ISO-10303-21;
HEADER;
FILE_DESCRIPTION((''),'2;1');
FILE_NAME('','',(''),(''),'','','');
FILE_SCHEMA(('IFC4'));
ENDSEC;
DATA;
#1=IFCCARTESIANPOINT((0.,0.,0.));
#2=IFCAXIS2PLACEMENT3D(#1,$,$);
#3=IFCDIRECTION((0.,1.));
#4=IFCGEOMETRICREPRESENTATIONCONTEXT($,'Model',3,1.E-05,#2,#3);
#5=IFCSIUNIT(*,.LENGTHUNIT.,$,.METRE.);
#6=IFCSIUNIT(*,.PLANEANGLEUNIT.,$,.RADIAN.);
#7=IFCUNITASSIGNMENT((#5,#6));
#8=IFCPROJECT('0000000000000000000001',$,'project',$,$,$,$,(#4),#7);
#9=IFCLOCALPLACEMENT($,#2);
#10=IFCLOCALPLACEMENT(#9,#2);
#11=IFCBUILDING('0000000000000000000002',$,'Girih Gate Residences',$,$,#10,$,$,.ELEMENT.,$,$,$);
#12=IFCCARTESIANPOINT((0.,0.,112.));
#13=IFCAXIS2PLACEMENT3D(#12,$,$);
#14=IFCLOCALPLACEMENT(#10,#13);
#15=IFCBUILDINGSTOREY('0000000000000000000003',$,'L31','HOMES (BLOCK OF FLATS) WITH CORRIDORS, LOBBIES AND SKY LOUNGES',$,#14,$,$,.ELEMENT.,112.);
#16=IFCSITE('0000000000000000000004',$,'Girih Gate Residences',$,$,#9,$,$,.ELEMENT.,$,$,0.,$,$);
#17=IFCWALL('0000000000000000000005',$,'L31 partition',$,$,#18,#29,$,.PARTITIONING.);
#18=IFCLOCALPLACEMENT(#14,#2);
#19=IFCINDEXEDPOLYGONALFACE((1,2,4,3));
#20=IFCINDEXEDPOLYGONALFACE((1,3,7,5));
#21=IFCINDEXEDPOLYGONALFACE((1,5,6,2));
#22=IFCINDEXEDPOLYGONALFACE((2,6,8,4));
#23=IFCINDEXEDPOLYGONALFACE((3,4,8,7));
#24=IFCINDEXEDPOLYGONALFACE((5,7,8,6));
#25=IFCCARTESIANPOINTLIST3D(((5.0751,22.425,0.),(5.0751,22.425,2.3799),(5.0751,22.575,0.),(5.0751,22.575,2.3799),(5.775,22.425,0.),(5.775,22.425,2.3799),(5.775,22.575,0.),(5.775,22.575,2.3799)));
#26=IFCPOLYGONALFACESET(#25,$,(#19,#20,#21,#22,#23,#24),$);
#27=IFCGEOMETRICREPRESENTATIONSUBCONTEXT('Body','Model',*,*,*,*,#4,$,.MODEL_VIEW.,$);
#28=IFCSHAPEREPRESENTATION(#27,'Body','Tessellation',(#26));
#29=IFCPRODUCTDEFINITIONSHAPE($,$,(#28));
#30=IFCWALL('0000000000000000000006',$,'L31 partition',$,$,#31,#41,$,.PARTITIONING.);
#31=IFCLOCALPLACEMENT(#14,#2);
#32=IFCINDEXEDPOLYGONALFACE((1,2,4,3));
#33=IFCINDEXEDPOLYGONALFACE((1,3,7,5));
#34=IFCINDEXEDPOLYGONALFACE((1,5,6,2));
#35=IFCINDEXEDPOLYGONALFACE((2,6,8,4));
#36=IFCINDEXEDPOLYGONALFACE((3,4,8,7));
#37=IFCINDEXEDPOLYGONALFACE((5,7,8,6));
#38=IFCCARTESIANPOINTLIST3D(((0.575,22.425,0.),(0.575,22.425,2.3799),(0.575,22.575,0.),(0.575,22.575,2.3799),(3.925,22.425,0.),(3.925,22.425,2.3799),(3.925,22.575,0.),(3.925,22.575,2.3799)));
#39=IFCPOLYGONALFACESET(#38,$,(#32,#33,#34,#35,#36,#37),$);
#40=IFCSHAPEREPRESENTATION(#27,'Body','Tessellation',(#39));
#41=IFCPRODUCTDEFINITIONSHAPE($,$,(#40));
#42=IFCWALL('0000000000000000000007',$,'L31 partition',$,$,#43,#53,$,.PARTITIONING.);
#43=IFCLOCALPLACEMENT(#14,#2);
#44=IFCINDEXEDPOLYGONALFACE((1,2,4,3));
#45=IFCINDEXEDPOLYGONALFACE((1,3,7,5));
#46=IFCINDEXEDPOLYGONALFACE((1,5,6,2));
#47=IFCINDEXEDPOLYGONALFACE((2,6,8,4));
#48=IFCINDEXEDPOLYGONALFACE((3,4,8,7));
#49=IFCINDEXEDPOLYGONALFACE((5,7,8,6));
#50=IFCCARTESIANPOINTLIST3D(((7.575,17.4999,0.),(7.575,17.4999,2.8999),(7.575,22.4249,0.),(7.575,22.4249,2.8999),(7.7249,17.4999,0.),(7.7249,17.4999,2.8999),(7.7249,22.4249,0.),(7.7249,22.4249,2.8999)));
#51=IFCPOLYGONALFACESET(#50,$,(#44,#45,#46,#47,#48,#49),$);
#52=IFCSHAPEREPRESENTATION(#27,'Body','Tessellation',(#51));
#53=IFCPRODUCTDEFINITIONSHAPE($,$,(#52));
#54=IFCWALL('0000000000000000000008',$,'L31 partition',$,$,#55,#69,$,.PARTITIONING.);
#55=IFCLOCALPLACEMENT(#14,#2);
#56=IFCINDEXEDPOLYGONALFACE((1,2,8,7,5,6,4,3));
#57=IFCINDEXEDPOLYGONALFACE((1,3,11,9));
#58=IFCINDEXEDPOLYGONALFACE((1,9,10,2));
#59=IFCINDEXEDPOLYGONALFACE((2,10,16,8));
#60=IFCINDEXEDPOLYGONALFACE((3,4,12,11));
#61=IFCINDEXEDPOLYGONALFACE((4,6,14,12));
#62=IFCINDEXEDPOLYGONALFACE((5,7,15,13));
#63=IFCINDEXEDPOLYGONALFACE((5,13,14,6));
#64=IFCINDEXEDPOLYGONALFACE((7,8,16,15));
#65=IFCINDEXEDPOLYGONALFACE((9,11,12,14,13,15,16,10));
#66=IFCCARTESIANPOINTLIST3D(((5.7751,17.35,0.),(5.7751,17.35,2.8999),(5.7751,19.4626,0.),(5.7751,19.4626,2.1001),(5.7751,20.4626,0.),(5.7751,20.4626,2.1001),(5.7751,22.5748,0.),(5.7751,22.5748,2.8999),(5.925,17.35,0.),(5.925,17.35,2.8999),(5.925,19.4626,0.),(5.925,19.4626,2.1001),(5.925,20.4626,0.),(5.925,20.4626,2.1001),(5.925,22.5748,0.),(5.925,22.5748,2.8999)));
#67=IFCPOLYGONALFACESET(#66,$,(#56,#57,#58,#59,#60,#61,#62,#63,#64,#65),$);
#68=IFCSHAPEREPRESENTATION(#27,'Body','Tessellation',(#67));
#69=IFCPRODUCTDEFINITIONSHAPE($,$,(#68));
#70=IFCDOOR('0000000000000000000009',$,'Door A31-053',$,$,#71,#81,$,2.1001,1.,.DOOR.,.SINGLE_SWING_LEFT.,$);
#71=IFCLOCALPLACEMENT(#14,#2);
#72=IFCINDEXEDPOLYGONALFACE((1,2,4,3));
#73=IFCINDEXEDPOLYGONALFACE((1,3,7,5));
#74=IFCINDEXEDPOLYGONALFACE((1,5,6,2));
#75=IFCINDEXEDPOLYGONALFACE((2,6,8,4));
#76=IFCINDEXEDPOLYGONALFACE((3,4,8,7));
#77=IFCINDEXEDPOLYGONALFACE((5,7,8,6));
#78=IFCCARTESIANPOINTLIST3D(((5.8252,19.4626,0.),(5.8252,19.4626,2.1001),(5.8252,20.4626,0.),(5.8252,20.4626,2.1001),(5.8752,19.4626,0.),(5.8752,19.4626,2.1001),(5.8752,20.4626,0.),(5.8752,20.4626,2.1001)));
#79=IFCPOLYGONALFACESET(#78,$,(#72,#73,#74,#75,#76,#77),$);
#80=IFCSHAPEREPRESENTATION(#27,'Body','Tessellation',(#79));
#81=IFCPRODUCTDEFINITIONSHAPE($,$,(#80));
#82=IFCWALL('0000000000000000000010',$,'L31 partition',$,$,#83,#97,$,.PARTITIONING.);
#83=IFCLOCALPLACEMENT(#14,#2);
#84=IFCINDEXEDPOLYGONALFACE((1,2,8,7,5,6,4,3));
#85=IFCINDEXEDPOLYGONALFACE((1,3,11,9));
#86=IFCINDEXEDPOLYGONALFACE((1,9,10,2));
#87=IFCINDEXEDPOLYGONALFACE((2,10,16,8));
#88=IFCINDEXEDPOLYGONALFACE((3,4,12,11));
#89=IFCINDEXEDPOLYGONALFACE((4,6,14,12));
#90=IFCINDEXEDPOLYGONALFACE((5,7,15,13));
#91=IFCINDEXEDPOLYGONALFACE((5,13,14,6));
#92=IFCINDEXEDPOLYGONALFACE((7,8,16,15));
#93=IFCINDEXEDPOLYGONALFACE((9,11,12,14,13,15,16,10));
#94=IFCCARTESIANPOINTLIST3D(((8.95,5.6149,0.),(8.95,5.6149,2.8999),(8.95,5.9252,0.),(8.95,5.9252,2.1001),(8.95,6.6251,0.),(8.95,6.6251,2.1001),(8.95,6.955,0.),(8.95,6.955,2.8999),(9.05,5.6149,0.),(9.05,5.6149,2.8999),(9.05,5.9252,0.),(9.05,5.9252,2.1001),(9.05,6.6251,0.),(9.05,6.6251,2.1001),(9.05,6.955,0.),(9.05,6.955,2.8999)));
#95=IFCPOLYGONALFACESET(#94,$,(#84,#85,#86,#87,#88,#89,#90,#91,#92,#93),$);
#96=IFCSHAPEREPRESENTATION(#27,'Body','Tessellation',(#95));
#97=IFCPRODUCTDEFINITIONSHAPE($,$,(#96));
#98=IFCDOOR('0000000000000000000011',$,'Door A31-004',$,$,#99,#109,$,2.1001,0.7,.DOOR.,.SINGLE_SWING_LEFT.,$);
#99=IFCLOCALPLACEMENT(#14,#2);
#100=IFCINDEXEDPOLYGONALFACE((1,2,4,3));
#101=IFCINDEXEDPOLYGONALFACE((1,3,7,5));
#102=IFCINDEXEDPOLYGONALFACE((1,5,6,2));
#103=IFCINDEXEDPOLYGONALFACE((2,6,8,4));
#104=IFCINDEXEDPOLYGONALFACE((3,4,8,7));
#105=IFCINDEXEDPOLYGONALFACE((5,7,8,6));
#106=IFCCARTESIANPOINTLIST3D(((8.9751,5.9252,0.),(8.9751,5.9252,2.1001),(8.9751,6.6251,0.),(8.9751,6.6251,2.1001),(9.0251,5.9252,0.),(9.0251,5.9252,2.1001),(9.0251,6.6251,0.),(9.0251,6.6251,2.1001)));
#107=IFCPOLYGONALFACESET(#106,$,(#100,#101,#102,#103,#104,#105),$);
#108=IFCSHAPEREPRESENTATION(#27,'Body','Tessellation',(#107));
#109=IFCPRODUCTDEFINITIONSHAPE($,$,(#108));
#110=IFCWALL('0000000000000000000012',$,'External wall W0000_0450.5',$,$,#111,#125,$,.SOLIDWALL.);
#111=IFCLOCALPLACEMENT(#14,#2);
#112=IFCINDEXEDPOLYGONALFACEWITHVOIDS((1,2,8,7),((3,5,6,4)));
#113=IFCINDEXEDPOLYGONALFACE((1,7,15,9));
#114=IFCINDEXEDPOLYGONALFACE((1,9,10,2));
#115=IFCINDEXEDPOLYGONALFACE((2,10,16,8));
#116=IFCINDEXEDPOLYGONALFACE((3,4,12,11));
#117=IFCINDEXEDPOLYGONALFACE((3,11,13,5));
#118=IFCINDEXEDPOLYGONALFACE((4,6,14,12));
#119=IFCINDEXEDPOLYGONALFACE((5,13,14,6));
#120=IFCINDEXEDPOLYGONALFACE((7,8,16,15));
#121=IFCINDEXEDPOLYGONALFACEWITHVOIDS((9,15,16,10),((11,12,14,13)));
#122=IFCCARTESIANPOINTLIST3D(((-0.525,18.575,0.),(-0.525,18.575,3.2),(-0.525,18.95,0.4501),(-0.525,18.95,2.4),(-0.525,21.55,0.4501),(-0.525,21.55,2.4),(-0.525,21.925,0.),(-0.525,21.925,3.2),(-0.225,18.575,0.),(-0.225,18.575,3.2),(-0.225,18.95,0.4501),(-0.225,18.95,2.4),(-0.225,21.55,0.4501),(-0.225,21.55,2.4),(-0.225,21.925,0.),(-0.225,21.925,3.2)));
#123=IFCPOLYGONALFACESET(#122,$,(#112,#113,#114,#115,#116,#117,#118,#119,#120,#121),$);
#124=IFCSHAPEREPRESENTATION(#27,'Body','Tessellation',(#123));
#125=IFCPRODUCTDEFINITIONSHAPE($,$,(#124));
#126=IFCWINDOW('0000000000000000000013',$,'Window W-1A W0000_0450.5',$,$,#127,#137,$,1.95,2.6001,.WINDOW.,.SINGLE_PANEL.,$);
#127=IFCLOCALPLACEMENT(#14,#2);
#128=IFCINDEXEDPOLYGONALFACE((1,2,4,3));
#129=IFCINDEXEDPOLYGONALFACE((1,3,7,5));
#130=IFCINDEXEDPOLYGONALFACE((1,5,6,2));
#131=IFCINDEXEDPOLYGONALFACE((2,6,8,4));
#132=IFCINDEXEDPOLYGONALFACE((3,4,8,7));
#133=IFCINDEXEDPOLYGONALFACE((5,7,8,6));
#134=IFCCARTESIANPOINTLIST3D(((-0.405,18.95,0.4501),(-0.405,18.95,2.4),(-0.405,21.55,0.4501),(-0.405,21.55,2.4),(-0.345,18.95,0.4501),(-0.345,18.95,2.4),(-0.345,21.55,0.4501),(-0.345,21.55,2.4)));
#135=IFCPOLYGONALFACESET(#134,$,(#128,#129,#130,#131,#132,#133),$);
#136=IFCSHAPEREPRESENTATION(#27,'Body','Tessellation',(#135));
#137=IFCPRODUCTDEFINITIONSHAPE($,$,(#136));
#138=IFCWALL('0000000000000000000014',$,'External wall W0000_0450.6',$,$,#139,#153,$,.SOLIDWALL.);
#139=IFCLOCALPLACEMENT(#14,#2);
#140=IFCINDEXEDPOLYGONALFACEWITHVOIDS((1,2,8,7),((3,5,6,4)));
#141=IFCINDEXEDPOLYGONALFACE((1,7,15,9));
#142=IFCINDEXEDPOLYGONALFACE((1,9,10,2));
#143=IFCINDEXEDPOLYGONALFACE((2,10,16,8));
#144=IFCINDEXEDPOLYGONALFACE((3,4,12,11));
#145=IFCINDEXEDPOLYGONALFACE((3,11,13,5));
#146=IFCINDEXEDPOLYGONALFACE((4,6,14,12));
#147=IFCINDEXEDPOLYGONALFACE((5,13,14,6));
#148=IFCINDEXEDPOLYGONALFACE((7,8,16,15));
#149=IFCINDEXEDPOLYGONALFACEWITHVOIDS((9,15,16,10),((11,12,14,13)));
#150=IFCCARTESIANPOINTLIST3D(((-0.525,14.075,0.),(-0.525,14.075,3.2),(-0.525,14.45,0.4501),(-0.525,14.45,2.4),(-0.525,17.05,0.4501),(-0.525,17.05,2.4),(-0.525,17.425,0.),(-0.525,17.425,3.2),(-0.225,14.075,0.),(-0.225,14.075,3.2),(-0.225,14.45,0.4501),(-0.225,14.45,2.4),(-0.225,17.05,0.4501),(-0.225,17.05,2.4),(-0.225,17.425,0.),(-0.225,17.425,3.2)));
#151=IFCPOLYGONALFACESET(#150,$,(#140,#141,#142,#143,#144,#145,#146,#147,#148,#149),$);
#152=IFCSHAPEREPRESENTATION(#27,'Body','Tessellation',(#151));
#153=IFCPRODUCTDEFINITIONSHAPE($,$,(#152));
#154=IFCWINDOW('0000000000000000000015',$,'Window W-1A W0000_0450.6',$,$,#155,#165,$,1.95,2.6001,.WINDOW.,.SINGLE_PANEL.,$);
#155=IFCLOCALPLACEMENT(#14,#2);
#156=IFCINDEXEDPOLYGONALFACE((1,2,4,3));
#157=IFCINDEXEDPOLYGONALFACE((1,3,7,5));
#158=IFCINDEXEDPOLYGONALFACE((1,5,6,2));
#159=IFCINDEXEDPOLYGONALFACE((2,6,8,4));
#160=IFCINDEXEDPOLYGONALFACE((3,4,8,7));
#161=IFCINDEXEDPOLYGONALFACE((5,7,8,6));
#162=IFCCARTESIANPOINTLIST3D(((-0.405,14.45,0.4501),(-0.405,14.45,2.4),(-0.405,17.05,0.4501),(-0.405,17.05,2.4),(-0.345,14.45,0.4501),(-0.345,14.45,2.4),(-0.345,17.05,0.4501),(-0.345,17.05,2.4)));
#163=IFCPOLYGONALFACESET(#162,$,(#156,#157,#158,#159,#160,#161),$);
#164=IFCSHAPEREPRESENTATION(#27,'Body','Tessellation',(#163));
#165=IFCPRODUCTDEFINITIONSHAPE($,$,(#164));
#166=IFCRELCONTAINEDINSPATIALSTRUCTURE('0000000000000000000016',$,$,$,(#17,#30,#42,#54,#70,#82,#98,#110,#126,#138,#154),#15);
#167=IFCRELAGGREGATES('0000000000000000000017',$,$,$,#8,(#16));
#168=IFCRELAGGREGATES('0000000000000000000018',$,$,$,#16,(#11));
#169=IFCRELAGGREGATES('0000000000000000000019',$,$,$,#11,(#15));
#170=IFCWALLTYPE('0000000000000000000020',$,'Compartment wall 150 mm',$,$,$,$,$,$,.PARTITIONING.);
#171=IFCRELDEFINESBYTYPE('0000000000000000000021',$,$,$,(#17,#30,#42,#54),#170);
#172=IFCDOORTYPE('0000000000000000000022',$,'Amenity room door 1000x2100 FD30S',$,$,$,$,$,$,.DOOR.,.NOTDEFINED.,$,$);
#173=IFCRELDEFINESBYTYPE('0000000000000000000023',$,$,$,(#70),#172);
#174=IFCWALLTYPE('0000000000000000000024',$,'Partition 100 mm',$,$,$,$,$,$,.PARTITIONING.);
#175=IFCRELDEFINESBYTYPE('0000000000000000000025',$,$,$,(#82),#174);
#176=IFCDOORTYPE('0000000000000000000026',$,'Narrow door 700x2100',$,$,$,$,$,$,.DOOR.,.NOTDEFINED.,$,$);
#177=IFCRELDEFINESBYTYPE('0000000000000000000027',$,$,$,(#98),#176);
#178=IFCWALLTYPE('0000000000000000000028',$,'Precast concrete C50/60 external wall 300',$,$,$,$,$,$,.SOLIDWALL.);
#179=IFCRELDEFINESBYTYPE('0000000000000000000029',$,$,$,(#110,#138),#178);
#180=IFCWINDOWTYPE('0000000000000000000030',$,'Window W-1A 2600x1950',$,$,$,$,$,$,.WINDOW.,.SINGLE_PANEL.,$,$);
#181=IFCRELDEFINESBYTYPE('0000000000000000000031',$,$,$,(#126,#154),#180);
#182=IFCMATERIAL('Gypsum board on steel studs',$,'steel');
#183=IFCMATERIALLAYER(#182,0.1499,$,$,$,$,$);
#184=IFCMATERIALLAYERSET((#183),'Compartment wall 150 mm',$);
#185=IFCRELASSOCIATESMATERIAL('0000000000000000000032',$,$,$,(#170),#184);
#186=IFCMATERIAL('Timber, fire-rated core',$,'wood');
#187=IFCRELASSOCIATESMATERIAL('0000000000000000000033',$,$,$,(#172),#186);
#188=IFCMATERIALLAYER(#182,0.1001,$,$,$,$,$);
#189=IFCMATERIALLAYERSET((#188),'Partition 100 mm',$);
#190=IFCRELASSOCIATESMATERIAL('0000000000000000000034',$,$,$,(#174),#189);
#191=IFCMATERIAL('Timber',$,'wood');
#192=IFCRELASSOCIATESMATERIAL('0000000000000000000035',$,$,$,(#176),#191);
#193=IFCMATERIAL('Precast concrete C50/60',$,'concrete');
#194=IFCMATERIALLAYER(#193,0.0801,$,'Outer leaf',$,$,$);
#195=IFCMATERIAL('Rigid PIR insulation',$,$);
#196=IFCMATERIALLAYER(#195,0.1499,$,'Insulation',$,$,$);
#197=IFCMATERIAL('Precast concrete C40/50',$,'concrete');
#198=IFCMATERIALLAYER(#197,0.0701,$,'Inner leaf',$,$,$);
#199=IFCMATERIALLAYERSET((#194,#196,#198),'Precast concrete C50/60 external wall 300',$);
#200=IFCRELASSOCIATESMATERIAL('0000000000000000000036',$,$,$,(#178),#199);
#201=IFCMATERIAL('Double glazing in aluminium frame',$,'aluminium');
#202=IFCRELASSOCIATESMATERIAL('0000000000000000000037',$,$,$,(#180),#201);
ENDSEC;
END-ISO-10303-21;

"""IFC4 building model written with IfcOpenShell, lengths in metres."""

from ifc_helpers import new_model, si_unit, direction, frame, frame_2d, origin, place, context, subcontext, project, spatial, rectangle, extrude, material, layer, layer_set, type_object, element, fill, save


model = new_model("IFC4")

# Units and contexts
model_context = context("Model", 3, precision=1e-05, world=origin(), true_north=direction((0.0, 1.0)))
body_context = subcontext(model_context, "Body", "Model", "MODEL_VIEW")
ifc_project = project(units=[si_unit("LENGTHUNIT", "METRE"), si_unit("PLANEANGLEUNIT", "RADIAN")], contexts=[model_context])

# Site, building, storey
site_placement = place(None, origin())
site = spatial("IfcSite", under=ifc_project, at=site_placement, Name="Girih Gate Residences", CompositionType="ELEMENT", RefElevation=0.0)
building_placement = place(site_placement, origin())
building = spatial("IfcBuilding", under=site, at=building_placement, Name="Girih Gate Residences", CompositionType="ELEMENT")
storey_placement = place(building_placement, frame((0.0, 0.0, 112.0)))
storey = spatial("IfcBuildingStorey", under=building, at=storey_placement, Name="L31", Description="HOMES (BLOCK OF FLATS) WITH CORRIDORS, LOBBIES AND SKY LOUNGES", CompositionType="ELEMENT", Elevation=112.0)

# Shared definitions
ifc_material_1 = material(Name="Gypsum board on steel studs", Category="steel")
ifc_layer_1 = layer(ifc_material_1, 0.1499)
ifc_layer_set_1 = layer_set([ifc_layer_1], Name="Compartment wall 150 mm")
wall_type_1 = type_object("IfcWallType", Name="Compartment wall 150 mm", PredefinedType="PARTITIONING", material=ifc_layer_set_1)

# Shared definitions
ifc_material_2 = material(Name="Timber", Category="wood")

# Walls
wall_1_placement = place(storey_placement, frame((5.075, 22.5, 0.0), z_axis=(0.0, 0.0, 1.0), x_axis=(1.0, 0.0, 0.0)))
element("IfcWall", 1, at=wall_1_placement, inside=storey, type_object=wall_type_1, Name="L31 partition", PredefinedType="PARTITIONING", context=body_context, shape_type="SweptSolid", body=[
    extrude(rectangle(XDim=0.7, YDim=0.1499, at=frame_2d((0.3501, 0.0))), origin(), (0.0, 0.0, 1.0), 2.3799),
])
wall_2_placement = place(storey_placement, frame((0.575, 22.5, 0.0), z_axis=(0.0, 0.0, 1.0), x_axis=(1.0, 0.0, 0.0)))
element("IfcWall", 2, at=wall_2_placement, inside=storey, type_object=wall_type_1, Name="L31 partition", PredefinedType="PARTITIONING", context=body_context, shape_type="SweptSolid", body=[
    extrude(rectangle(XDim=3.3501, YDim=0.1499, at=frame_2d((1.675, 0.0))), origin(), (0.0, 0.0, 1.0), 2.3799),
])
wall_3_placement = place(storey_placement, frame((7.6499, 17.5, 0.0), z_axis=(0.0, 0.0, 1.0), x_axis=(0.0, 1.0, 0.0)))
element("IfcWall", 3, at=wall_3_placement, inside=storey, type_object=wall_type_1, Name="L31 partition", PredefinedType="PARTITIONING", context=body_context, shape_type="SweptSolid", body=[
    extrude(rectangle(XDim=4.925, YDim=0.1499, at=frame_2d((2.4624, 0.0))), origin(), (0.0, 0.0, 1.0), 2.8999),
])

# Walls, openings, doors
wall_4_placement = place(storey_placement, frame((5.8501, 17.3501, 0.0), z_axis=(0.0, 0.0, 1.0), x_axis=(0.0, 1.0, 0.0)))
wall_4 = element("IfcWall", 4, at=wall_4_placement, inside=storey, type_object=wall_type_1, Name="L31 partition", PredefinedType="PARTITIONING", context=body_context, shape_type="SweptSolid", body=[
    extrude(rectangle(XDim=5.2249, YDim=0.1499, at=frame_2d((2.6123, 0.0))), origin(), (0.0, 0.0, 1.0), 2.8999),
])
opening_1_placement = place(wall_4_placement, frame((2.1125, 0.0, 0.0)))
opening_1 = element("IfcOpeningElement", 5, at=opening_1_placement, cuts=wall_4, PredefinedType="OPENING", context=body_context, shape_type="SweptSolid", body=[
    extrude(rectangle(XDim=1.0, YDim=2.1001, at=frame_2d((0.5, 1.05))), frame((0.0, 0.085, 0.0), z_axis=(0.0, -1.0, 0.0), x_axis=(1.0, 0.0, 0.0)), (0.0, 0.0, 1.0), 0.1699),
])
ifc_material_3 = material(Name="Timber, fire-rated core", Category="wood")
door_type_1 = type_object("IfcDoorType", Name="Amenity room door 1000x2100 FD30S", OperationType="NOTDEFINED", PredefinedType="DOOR", material=ifc_material_3)
door_1_placement = place(opening_1_placement, origin())
door_1 = element("IfcDoor", 6, at=door_1_placement, inside=storey, type_object=door_type_1, Name="Door A31-053", OperationType="SINGLE_SWING_LEFT", OverallHeight=2.1001, OverallWidth=1.0, PredefinedType="DOOR", context=body_context, shape_type="SweptSolid", body=[
    extrude(rectangle(XDim=1.0, YDim=2.1001, at=frame_2d((0.5, 1.05))), frame((0.0, 0.0249, 0.0), z_axis=(0.0, -1.0, 0.0), x_axis=(1.0, 0.0, 0.0)), (0.0, 0.0, 1.0), 0.05),
])
fill(opening_1, door_1)
ifc_layer_2 = layer(ifc_material_1, 0.1001)
ifc_layer_set_2 = layer_set([ifc_layer_2], Name="Partition 100 mm")
wall_type_2 = type_object("IfcWallType", Name="Partition 100 mm", PredefinedType="PARTITIONING", material=ifc_layer_set_2)
wall_5_placement = place(storey_placement, frame((9.0, 5.615, 0.0), z_axis=(0.0, 0.0, 1.0), x_axis=(0.0, 1.0, 0.0)))
wall_5 = element("IfcWall", 7, at=wall_5_placement, inside=storey, type_object=wall_type_2, Name="L31 partition", PredefinedType="PARTITIONING", context=body_context, shape_type="SweptSolid", body=[
    extrude(rectangle(XDim=1.3401, YDim=0.1001, at=frame_2d((0.6699, 0.0))), origin(), (0.0, 0.0, 1.0), 2.8999),
])
opening_2_placement = place(wall_5_placement, frame((0.3101, 0.0, 0.0)))
opening_2 = element("IfcOpeningElement", 8, at=opening_2_placement, cuts=wall_5, PredefinedType="OPENING", context=body_context, shape_type="SweptSolid", body=[
    extrude(rectangle(XDim=0.7, YDim=2.1001, at=frame_2d((0.3501, 1.05))), frame((0.0, 0.0601, 0.0), z_axis=(0.0, -1.0, 0.0), x_axis=(1.0, 0.0, 0.0)), (0.0, 0.0, 1.0), 0.1201),
])
door_type_2 = type_object("IfcDoorType", Name="Narrow door 700x2100", OperationType="NOTDEFINED", PredefinedType="DOOR", material=ifc_material_2)
door_2_placement = place(opening_2_placement, origin())
door_2 = element("IfcDoor", 9, at=door_2_placement, inside=storey, type_object=door_type_2, Name="Door A31-004", OperationType="SINGLE_SWING_LEFT", OverallHeight=2.1001, OverallWidth=0.7, PredefinedType="DOOR", context=body_context, shape_type="SweptSolid", body=[
    extrude(rectangle(XDim=0.7, YDim=2.1001, at=frame_2d((0.3501, 1.05))), frame((0.0, 0.0249, 0.0), z_axis=(0.0, -1.0, 0.0), x_axis=(1.0, 0.0, 0.0)), (0.0, 0.0, 1.0), 0.05),
])
fill(opening_2, door_2)

# Walls, openings, windows
ifc_material_4 = material(Name="Precast concrete C50/60", Category="concrete")
ifc_layer_3 = layer(ifc_material_4, 0.0801, Name="Outer leaf")
ifc_material_5 = material(Name="Rigid PIR insulation")
ifc_layer_4 = layer(ifc_material_5, 0.1499, Name="Insulation")
ifc_material_6 = material(Name="Precast concrete C40/50", Category="concrete")
ifc_layer_5 = layer(ifc_material_6, 0.0701, Name="Inner leaf")
ifc_layer_set_3 = layer_set([ifc_layer_3, ifc_layer_4, ifc_layer_5], Name="Precast concrete C50/60 external wall 300")
wall_type_3 = type_object("IfcWallType", Name="Precast concrete C50/60 external wall 300", PredefinedType="SOLIDWALL", material=ifc_layer_set_3)
wall_6_placement = place(storey_placement, frame((-0.375, 18.575, 0.0), z_axis=(0.0, 0.0, 1.0), x_axis=(0.0, 1.0, 0.0)))
wall_6 = element("IfcWall", 10, at=wall_6_placement, inside=storey, type_object=wall_type_3, Name="External wall W0000_0450.5", PredefinedType="SOLIDWALL", context=body_context, shape_type="SweptSolid", body=[
    extrude(rectangle(XDim=3.3501, YDim=0.3, at=frame_2d((1.675, 0.0))), origin(), (0.0, 0.0, 1.0), 3.2),
])
opening_3_placement = place(wall_6_placement, frame((0.375, 0.0, 0.45)))
opening_3 = element("IfcOpeningElement", 11, at=opening_3_placement, cuts=wall_6, PredefinedType="OPENING", context=body_context, shape_type="SweptSolid", body=[
    extrude(rectangle(XDim=2.6001, YDim=1.95, at=frame_2d((1.3, 0.9751))), frame((0.0, 0.1599, 0.0), z_axis=(0.0, -1.0, 0.0), x_axis=(1.0, 0.0, 0.0)), (0.0, 0.0, 1.0), 0.3201),
])
ifc_material_7 = material(Name="Double glazing in aluminium frame", Category="aluminium")
window_type = type_object("IfcWindowType", Name="Window W-1A 2600x1950", PartitioningType="SINGLE_PANEL", PredefinedType="WINDOW", material=ifc_material_7)
window_1_placement = place(opening_3_placement, origin())
window_1 = element("IfcWindow", 12, at=window_1_placement, inside=storey, type_object=window_type, Name="Window W-1A W0000_0450.5", OverallHeight=1.95, OverallWidth=2.6001, PartitioningType="SINGLE_PANEL", PredefinedType="WINDOW", context=body_context, shape_type="SweptSolid", body=[
    extrude(rectangle(XDim=2.6001, YDim=1.95, at=frame_2d((1.3, 0.9751))), frame((0.0, 0.03, 0.0), z_axis=(0.0, -1.0, 0.0), x_axis=(1.0, 0.0, 0.0)), (0.0, 0.0, 1.0), 0.0601),
])
fill(opening_3, window_1)
wall_7_placement = place(storey_placement, frame((-0.375, 14.075, 0.0), z_axis=(0.0, 0.0, 1.0), x_axis=(0.0, 1.0, 0.0)))
wall_7 = element("IfcWall", 13, at=wall_7_placement, inside=storey, type_object=wall_type_3, Name="External wall W0000_0450.6", PredefinedType="SOLIDWALL", context=body_context, shape_type="SweptSolid", body=[
    extrude(rectangle(XDim=3.3501, YDim=0.3, at=frame_2d((1.675, 0.0))), origin(), (0.0, 0.0, 1.0), 3.2),
])
opening_4_placement = place(wall_7_placement, frame((0.375, 0.0, 0.45)))
opening_4 = element("IfcOpeningElement", 14, at=opening_4_placement, cuts=wall_7, PredefinedType="OPENING", context=body_context, shape_type="SweptSolid", body=[
    extrude(rectangle(XDim=2.6001, YDim=1.95, at=frame_2d((1.3, 0.9751))), frame((0.0, 0.1599, 0.0), z_axis=(0.0, -1.0, 0.0), x_axis=(1.0, 0.0, 0.0)), (0.0, 0.0, 1.0), 0.3201),
])
window_2_placement = place(opening_4_placement, origin())
window_2 = element("IfcWindow", 15, at=window_2_placement, inside=storey, type_object=window_type, Name="Window W-1A W0000_0450.6", OverallHeight=1.95, OverallWidth=2.6001, PartitioningType="SINGLE_PANEL", PredefinedType="WINDOW", context=body_context, shape_type="SweptSolid", body=[
    extrude(rectangle(XDim=2.6001, YDim=1.95, at=frame_2d((1.3, 0.9751))), frame((0.0, 0.03, 0.0), z_axis=(0.0, -1.0, 0.0), x_axis=(1.0, 0.0, 0.0)), (0.0, 0.0, 1.0), 0.0601),
])
fill(opening_4, window_2)

save(model, "model.ifc")
